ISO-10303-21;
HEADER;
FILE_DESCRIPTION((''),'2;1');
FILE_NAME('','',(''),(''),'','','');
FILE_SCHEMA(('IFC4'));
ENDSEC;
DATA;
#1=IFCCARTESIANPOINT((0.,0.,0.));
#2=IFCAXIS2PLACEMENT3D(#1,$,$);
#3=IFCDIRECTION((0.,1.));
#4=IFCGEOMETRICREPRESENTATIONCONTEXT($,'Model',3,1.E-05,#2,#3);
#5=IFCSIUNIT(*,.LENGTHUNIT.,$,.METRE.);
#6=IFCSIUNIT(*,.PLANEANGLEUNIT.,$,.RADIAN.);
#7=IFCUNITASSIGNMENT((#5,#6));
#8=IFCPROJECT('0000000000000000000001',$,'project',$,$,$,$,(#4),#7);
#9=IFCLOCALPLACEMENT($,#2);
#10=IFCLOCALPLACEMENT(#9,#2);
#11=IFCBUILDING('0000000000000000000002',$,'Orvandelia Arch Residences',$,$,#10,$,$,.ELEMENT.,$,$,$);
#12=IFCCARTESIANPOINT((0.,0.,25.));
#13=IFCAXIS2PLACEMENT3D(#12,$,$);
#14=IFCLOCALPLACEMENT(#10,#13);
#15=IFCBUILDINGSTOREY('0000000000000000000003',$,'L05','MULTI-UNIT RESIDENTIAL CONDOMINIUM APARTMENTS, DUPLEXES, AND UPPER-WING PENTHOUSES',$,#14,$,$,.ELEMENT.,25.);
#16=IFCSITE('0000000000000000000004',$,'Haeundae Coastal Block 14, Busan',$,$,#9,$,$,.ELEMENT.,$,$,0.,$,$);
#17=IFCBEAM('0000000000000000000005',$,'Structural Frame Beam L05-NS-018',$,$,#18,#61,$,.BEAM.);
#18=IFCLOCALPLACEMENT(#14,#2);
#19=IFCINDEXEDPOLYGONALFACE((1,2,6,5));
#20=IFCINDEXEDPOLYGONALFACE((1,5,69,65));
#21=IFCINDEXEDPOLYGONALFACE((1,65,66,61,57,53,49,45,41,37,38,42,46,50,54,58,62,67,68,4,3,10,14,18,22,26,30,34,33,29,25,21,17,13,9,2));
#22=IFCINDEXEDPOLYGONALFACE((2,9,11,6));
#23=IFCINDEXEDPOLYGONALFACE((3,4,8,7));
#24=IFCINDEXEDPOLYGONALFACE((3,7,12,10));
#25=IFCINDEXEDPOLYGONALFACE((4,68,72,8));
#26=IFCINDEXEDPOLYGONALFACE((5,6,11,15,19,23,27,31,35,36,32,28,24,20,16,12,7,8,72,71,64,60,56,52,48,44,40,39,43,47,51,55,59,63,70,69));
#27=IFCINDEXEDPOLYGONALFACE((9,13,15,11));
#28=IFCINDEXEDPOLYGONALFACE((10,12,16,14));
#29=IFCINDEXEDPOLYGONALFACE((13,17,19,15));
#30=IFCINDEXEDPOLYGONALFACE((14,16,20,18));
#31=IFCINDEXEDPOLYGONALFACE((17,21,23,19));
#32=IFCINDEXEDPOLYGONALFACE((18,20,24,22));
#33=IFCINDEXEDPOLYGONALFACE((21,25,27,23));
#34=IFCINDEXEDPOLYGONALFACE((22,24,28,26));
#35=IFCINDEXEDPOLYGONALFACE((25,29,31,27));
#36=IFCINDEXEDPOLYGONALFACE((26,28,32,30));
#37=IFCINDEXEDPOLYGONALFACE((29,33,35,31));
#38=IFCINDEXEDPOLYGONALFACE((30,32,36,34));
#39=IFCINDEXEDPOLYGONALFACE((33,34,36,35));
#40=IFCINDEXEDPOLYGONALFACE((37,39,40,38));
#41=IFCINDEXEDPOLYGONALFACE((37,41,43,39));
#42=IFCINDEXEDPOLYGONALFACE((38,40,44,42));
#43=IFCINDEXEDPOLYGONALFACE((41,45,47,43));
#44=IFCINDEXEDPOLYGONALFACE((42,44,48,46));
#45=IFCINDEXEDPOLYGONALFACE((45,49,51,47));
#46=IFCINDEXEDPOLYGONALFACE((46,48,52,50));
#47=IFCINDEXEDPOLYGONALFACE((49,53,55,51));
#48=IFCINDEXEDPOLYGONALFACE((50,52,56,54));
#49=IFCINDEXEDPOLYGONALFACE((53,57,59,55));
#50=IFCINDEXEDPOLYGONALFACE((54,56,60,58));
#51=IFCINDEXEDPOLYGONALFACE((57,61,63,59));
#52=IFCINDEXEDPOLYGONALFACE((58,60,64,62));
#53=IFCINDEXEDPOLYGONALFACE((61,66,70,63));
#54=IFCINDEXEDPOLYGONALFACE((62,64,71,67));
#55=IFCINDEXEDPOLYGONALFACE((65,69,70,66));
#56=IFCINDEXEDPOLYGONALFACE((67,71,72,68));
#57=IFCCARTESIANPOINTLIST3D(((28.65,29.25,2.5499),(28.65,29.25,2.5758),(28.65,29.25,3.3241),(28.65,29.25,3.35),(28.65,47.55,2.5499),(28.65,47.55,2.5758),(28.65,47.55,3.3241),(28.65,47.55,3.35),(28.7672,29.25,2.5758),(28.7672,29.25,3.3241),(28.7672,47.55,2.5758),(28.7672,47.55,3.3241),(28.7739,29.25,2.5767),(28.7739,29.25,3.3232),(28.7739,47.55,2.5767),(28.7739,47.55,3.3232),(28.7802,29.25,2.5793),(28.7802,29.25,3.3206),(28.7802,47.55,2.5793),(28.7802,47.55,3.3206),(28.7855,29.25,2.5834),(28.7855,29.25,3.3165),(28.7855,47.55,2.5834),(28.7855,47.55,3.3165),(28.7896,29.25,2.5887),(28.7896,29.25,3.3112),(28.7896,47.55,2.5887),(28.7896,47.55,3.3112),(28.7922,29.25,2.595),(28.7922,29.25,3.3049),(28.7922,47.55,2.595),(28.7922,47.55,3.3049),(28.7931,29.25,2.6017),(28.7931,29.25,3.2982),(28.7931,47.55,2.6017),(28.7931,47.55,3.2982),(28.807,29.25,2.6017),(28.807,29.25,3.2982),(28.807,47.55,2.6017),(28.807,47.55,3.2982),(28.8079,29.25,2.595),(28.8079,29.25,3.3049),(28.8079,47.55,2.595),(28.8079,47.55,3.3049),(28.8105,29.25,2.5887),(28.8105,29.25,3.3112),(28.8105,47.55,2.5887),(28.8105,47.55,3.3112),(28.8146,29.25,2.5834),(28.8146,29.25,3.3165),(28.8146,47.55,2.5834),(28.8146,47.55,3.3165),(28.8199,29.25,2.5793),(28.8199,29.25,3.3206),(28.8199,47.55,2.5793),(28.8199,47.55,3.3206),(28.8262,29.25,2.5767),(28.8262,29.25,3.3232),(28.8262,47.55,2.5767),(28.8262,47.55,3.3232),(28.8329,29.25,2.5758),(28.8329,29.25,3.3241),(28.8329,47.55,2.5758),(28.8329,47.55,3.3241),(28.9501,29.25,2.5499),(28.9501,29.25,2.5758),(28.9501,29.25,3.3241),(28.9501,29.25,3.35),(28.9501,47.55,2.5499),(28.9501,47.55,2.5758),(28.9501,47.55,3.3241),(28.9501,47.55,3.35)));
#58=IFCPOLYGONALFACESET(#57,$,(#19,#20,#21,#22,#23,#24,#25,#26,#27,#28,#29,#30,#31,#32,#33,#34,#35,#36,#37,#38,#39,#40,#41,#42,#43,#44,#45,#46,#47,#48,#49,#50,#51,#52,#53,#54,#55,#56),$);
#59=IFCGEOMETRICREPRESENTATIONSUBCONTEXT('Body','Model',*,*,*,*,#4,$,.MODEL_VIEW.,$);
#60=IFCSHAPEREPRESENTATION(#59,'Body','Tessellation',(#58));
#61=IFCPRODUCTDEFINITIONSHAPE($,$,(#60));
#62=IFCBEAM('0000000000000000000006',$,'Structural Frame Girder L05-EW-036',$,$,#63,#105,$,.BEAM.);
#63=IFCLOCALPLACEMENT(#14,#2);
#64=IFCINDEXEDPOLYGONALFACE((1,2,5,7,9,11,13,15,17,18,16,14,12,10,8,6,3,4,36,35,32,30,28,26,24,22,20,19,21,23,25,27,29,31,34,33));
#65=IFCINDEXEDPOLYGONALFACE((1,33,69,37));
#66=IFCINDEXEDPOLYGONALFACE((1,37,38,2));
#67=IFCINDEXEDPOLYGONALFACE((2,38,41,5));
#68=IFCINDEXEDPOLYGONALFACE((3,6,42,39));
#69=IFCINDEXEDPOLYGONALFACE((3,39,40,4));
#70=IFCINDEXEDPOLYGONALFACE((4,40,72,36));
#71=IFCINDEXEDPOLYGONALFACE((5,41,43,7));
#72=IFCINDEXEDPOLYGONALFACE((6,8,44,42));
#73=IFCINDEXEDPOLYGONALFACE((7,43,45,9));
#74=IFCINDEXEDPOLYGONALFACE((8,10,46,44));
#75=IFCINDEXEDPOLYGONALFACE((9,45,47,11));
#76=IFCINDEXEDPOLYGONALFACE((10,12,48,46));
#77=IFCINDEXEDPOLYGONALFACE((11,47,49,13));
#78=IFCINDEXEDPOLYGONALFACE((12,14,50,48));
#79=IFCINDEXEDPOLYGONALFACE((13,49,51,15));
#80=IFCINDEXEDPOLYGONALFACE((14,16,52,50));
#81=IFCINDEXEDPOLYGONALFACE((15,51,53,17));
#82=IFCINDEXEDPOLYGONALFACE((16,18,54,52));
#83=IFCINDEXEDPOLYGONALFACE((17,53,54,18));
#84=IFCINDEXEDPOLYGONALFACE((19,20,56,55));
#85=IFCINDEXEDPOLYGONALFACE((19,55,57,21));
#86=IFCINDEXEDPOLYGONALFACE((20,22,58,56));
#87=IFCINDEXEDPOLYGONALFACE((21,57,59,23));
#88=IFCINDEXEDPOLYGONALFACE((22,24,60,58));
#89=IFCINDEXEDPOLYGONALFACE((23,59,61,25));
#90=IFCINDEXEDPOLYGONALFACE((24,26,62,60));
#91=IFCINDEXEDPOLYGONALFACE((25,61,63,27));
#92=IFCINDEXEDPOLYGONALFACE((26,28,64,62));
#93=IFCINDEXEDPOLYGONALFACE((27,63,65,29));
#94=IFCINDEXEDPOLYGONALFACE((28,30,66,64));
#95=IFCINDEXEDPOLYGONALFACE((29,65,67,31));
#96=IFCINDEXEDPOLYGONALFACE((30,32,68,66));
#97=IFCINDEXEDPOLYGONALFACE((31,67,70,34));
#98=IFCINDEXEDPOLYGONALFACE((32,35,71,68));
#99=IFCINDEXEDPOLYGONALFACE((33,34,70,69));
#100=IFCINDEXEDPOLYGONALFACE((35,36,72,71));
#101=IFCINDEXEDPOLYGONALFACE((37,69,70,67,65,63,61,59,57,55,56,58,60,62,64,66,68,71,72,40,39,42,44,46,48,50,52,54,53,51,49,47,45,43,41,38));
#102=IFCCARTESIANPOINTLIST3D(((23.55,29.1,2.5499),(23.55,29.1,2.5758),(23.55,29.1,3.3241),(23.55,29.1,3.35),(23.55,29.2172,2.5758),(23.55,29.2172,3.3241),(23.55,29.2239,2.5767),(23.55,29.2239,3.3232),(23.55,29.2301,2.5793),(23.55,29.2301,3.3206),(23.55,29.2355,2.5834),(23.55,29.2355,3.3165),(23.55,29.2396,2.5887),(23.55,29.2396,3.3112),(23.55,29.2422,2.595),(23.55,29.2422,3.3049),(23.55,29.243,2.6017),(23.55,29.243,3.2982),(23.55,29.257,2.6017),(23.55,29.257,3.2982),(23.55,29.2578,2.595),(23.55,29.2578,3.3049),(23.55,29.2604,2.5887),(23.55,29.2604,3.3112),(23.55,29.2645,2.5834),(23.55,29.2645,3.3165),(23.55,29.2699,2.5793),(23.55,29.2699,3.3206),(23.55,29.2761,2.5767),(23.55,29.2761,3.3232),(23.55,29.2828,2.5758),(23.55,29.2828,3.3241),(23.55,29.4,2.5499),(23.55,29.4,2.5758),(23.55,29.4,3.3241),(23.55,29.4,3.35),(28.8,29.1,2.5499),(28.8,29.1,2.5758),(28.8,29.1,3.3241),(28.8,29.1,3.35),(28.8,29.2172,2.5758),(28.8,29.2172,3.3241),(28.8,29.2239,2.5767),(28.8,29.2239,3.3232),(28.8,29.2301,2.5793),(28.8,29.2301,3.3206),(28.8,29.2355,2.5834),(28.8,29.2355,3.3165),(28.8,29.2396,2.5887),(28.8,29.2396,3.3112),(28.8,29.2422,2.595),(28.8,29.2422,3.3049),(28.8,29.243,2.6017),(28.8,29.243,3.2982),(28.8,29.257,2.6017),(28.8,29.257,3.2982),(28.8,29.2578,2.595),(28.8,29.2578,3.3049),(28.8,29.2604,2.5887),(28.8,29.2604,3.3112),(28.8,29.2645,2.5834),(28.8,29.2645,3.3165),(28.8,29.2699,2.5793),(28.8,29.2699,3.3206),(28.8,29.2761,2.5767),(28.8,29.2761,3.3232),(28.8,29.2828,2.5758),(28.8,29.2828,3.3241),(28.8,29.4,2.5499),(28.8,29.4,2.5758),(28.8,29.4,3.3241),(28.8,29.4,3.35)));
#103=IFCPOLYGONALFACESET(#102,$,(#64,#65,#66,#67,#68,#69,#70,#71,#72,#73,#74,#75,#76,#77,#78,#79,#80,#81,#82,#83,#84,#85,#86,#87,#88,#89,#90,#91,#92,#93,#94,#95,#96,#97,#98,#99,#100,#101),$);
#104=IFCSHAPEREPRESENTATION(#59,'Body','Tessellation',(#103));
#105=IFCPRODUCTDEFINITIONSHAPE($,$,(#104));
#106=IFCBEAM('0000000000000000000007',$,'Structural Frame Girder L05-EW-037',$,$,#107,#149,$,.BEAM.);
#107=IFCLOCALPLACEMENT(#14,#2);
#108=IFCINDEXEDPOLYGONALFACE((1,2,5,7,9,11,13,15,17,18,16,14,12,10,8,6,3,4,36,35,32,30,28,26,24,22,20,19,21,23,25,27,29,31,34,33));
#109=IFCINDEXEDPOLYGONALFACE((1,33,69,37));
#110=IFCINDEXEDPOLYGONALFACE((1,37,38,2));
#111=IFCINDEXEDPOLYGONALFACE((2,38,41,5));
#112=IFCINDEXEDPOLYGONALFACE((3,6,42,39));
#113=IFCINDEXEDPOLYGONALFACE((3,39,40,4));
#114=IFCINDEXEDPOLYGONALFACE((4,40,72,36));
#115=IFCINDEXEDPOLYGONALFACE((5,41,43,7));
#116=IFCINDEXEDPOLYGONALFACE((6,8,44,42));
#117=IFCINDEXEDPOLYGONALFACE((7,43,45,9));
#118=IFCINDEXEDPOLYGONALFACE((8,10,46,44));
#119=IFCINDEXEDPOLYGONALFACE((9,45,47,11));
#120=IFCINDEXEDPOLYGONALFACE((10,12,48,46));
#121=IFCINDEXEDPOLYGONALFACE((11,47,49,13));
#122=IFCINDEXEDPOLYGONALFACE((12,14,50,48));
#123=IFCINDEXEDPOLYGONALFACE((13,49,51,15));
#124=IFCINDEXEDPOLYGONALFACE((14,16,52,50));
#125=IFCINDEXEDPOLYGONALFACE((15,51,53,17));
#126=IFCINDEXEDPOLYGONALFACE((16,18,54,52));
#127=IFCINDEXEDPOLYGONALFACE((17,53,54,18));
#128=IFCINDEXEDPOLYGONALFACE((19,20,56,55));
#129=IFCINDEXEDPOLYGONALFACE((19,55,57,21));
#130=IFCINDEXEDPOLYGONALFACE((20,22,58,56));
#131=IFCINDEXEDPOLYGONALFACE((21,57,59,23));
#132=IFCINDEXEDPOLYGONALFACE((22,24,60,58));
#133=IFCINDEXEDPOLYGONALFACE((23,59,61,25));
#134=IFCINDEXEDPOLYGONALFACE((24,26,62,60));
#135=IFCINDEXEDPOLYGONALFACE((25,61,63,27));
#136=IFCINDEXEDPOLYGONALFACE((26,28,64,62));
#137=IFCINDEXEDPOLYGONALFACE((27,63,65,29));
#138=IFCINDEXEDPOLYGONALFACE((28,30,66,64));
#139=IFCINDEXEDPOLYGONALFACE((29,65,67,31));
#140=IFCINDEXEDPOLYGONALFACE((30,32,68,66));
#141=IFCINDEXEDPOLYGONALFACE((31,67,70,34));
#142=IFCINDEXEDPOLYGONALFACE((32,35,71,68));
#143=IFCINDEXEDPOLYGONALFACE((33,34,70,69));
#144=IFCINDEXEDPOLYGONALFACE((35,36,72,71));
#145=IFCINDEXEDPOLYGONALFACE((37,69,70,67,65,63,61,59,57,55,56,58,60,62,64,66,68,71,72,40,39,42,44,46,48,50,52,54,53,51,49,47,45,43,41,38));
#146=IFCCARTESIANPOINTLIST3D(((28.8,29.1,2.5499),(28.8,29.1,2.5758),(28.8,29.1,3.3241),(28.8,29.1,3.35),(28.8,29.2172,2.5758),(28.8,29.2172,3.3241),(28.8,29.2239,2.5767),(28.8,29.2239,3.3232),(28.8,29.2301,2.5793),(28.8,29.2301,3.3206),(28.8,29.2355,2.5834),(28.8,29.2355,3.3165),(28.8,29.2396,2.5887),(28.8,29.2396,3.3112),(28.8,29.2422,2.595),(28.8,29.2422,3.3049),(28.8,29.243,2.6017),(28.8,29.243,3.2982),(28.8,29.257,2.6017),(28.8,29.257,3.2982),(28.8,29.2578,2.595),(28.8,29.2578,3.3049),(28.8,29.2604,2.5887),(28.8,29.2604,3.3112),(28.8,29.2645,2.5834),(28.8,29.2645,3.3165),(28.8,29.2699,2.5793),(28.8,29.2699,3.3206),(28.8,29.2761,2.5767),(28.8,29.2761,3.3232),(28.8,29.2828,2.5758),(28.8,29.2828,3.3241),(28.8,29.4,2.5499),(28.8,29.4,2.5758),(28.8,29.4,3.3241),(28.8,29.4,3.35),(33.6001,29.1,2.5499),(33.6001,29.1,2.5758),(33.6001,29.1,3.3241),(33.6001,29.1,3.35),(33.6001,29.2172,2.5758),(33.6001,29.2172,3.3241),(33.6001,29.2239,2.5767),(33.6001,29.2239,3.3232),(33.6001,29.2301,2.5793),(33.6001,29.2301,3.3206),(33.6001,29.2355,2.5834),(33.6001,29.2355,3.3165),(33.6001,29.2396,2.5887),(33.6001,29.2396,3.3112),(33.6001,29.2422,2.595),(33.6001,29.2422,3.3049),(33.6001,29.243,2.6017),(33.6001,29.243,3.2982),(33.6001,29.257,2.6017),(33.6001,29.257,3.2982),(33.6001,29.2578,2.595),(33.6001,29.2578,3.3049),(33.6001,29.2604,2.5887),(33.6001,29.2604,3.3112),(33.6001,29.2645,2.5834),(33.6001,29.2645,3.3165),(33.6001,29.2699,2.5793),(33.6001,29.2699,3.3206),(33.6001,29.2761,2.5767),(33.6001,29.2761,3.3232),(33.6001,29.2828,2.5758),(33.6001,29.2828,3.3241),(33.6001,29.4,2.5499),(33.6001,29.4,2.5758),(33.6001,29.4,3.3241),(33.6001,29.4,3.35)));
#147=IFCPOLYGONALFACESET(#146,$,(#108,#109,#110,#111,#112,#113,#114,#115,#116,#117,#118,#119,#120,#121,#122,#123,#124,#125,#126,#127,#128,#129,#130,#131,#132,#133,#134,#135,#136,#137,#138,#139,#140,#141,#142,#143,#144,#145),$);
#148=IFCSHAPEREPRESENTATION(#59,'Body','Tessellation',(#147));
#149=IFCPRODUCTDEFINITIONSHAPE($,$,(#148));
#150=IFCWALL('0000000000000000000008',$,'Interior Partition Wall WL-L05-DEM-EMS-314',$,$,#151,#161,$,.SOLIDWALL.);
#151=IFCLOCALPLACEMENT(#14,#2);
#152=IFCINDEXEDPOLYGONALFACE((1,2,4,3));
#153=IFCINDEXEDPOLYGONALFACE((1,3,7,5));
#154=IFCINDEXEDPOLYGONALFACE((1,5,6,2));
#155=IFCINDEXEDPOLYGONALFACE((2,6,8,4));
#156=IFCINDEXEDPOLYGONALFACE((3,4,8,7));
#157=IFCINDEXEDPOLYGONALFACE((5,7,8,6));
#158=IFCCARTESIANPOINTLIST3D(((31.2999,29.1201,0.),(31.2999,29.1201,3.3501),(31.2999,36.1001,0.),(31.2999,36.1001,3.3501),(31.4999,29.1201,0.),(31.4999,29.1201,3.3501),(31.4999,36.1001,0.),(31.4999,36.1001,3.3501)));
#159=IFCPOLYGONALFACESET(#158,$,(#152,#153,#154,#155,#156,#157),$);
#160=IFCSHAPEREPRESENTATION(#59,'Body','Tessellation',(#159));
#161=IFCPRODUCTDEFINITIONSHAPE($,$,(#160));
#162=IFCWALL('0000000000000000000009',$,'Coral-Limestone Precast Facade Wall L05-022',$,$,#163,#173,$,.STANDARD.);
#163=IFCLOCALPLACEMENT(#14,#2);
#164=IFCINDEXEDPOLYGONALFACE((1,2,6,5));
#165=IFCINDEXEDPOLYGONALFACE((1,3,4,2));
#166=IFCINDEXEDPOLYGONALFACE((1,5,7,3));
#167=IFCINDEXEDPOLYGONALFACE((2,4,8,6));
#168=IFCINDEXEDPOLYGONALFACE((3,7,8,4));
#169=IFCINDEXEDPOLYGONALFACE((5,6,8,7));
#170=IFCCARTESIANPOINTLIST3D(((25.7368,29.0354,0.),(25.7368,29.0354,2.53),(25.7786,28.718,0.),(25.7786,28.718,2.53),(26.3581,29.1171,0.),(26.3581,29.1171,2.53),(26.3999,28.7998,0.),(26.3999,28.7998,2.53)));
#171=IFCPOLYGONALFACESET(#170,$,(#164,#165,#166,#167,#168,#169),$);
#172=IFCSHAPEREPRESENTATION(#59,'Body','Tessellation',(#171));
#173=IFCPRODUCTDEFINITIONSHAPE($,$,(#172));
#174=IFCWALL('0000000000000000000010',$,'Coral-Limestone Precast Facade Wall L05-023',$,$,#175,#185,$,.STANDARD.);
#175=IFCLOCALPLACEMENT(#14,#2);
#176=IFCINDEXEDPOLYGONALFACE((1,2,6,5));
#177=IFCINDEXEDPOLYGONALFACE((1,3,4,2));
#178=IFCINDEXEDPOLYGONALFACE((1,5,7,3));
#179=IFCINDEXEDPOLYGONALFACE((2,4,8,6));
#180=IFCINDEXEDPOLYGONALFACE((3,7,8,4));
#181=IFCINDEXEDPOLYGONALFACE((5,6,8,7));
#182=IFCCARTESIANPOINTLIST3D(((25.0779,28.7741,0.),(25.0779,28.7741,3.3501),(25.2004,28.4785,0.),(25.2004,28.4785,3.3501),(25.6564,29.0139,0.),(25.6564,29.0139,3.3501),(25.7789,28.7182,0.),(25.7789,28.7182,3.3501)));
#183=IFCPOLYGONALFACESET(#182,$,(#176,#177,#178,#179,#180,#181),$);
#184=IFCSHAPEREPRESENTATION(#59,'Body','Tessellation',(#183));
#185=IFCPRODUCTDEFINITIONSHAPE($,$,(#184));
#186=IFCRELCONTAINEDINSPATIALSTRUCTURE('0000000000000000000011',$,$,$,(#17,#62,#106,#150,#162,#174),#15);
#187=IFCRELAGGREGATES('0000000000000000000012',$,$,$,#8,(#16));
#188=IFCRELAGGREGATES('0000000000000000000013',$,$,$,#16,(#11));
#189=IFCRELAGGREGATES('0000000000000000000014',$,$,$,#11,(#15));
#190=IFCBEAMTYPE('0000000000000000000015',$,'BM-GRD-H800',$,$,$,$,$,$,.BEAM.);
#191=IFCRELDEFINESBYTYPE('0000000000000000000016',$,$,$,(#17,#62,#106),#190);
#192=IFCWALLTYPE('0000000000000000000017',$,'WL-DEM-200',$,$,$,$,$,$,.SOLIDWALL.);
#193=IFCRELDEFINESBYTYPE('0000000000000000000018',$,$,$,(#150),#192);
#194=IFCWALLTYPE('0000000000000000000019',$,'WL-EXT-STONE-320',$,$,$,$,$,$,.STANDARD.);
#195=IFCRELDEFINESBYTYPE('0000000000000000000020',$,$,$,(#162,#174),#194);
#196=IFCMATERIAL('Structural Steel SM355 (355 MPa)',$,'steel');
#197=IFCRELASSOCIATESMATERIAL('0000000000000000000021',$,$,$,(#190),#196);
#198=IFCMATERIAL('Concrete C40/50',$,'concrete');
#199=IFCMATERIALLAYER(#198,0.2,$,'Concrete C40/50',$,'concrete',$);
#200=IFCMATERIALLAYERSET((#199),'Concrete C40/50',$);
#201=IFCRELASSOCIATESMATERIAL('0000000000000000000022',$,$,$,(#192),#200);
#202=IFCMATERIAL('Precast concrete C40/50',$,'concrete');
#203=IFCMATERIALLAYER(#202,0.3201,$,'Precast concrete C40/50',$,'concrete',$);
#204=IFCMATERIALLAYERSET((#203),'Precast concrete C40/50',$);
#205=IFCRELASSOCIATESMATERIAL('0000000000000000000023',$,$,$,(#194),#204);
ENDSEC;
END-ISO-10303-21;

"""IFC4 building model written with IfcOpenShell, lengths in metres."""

from ifc_helpers import new_model, si_unit, direction, frame, frame_2d, origin, origin_2d, place, context, subcontext, project, spatial, rectangle, i_section, extrude, material, layer, layer_set, material_profile, profile_set, type_object, element, save


model = new_model("IFC4")

# Units and contexts
model_context = context("Model", 3, precision=1e-05, world=origin(), true_north=direction((0.0, 1.0)))
body_context = subcontext(model_context, "Body", "Model", "MODEL_VIEW")
ifc_project = project(units=[si_unit("LENGTHUNIT", "METRE"), si_unit("PLANEANGLEUNIT", "RADIAN")], contexts=[model_context])

# Site, building, storey
site_placement = place(None, origin())
site = spatial("IfcSite", under=ifc_project, at=site_placement, Name="Haeundae Coastal Block 14, Busan", CompositionType="ELEMENT", RefElevation=0.0)
building_placement = place(site_placement, origin())
building = spatial("IfcBuilding", under=site, at=building_placement, Name="Orvandelia Arch Residences", CompositionType="ELEMENT")
storey_placement = place(building_placement, frame((0.0, 0.0, 25.0)))
storey = spatial("IfcBuildingStorey", under=building, at=storey_placement, Name="L05", Description="MULTI-UNIT RESIDENTIAL CONDOMINIUM APARTMENTS, DUPLEXES, AND UPPER-WING PENTHOUSES", CompositionType="ELEMENT", Elevation=25.0)

# Beams
ifc_material_1 = material(Name="Structural Steel SM355 (355 MPa)", Category="steel")
ifc_material_profile_1 = material_profile(ifc_material_1, i_section(OverallWidth=0.3, OverallDepth=0.8, WebThickness=0.0139, FlangeThickness=0.0259, FilletRadius=0.0259, at=origin_2d()), Name="Structural Steel SM355 (355 MPa)", Category="steel")
ifc_profile_set_1 = profile_set([ifc_material_profile_1], Name="Structural Steel SM355 (355 MPa)")
beam_type = type_object("IfcBeamType", Name="BM-GRD-H800", PredefinedType="BEAM", material=ifc_profile_set_1)
beam_1_placement = place(storey_placement, frame((28.8, 29.25, 2.95), z_axis=(0.0, 1.0, 0.0), x_axis=(-1.0, 0.0, 0.0)))
element("IfcBeam", 1, at=beam_1_placement, inside=storey, type_object=beam_type, Name="Structural Frame Beam L05-NS-018", PredefinedType="BEAM", context=body_context, shape_type="SweptSolid", body=[
    extrude(i_section(OverallWidth=0.3, OverallDepth=0.8, WebThickness=0.0139, FlangeThickness=0.0259, FilletRadius=0.0259, at=origin_2d()), origin(), (0.0, 0.0, 1.0), 18.3),
])
beam_2_placement = place(storey_placement, frame((23.55, 29.25, 2.95), z_axis=(1.0, 0.0, 0.0), x_axis=(0.0, 1.0, 0.0)))
element("IfcBeam", 2, at=beam_2_placement, inside=storey, type_object=beam_type, Name="Structural Frame Girder L05-EW-036", PredefinedType="BEAM", context=body_context, shape_type="SweptSolid", body=[
    extrude(i_section(OverallWidth=0.3, OverallDepth=0.8, WebThickness=0.0139, FlangeThickness=0.0259, FilletRadius=0.0259, at=origin_2d()), origin(), (0.0, 0.0, 1.0), 5.25),
])
beam_3_placement = place(storey_placement, frame((28.8, 29.25, 2.95), z_axis=(1.0, 0.0, 0.0), x_axis=(0.0, 1.0, 0.0)))
element("IfcBeam", 3, at=beam_3_placement, inside=storey, type_object=beam_type, Name="Structural Frame Girder L05-EW-037", PredefinedType="BEAM", context=body_context, shape_type="SweptSolid", body=[
    extrude(i_section(OverallWidth=0.3, OverallDepth=0.8, WebThickness=0.0139, FlangeThickness=0.0259, FilletRadius=0.0259, at=origin_2d()), origin(), (0.0, 0.0, 1.0), 4.8),
])

# Walls
ifc_material_2 = material(Name="Concrete C40/50", Category="concrete")
ifc_layer_1 = layer(ifc_material_2, 0.2, Name="Concrete C40/50", Category="concrete")
ifc_layer_set_1 = layer_set([ifc_layer_1], Name="Concrete C40/50")
wall_type_1 = type_object("IfcWallType", Name="WL-DEM-200", PredefinedType="SOLIDWALL", material=ifc_layer_set_1)
wall_1_placement = place(storey_placement, frame((31.3999, 29.1201, 0.0), z_axis=(0.0, 0.0, 1.0), x_axis=(0.0, 1.0, 0.0)))
element("IfcWall", 4, at=wall_1_placement, inside=storey, type_object=wall_type_1, Name="Interior Partition Wall WL-L05-DEM-EMS-314", PredefinedType="SOLIDWALL", context=body_context, shape_type="SweptSolid", body=[
    extrude(rectangle(XDim=6.98, YDim=0.2, at=frame_2d((3.49, 0.0))), origin(), (0.0, 0.0, 1.0), 3.3501),
])
ifc_material_3 = material(Name="Precast concrete C40/50", Category="concrete")
ifc_layer_2 = layer(ifc_material_3, 0.3201, Name="Precast concrete C40/50", Category="concrete")
ifc_layer_set_2 = layer_set([ifc_layer_2], Name="Precast concrete C40/50")
wall_type_2 = type_object("IfcWallType", Name="WL-EXT-STONE-320", PredefinedType="STANDARD", material=ifc_layer_set_2)
wall_2_placement = place(storey_placement, frame((26.3792, 28.9585, 0.0), z_axis=(0.0, 0.0, 1.0), x_axis=(-0.991448, -0.130505, 0.0)))
element("IfcWall", 5, at=wall_2_placement, inside=storey, type_object=wall_type_2, Name="Coral-Limestone Precast Facade Wall L05-022", PredefinedType="STANDARD", context=body_context, shape_type="SweptSolid", body=[
    extrude(rectangle(XDim=0.6267, YDim=0.3201, at=frame_2d((0.3135, 0.0))), origin(), (0.0, 0.0, 1.0), 2.53),
])
wall_3_placement = place(storey_placement, frame((25.7175, 28.866, 0.0), z_axis=(0.0, 0.0, 1.0), x_axis=(-0.923836, -0.382788, 0.0)))
element("IfcWall", 6, at=wall_3_placement, inside=storey, type_object=wall_type_2, Name="Coral-Limestone Precast Facade Wall L05-023", PredefinedType="STANDARD", context=body_context, shape_type="SweptSolid", body=[
    extrude(rectangle(XDim=0.6262, YDim=0.3201, at=frame_2d((0.313, 0.0))), origin(), (0.0, 0.0, 1.0), 3.3501),
])

save(model, "model.ifc")
